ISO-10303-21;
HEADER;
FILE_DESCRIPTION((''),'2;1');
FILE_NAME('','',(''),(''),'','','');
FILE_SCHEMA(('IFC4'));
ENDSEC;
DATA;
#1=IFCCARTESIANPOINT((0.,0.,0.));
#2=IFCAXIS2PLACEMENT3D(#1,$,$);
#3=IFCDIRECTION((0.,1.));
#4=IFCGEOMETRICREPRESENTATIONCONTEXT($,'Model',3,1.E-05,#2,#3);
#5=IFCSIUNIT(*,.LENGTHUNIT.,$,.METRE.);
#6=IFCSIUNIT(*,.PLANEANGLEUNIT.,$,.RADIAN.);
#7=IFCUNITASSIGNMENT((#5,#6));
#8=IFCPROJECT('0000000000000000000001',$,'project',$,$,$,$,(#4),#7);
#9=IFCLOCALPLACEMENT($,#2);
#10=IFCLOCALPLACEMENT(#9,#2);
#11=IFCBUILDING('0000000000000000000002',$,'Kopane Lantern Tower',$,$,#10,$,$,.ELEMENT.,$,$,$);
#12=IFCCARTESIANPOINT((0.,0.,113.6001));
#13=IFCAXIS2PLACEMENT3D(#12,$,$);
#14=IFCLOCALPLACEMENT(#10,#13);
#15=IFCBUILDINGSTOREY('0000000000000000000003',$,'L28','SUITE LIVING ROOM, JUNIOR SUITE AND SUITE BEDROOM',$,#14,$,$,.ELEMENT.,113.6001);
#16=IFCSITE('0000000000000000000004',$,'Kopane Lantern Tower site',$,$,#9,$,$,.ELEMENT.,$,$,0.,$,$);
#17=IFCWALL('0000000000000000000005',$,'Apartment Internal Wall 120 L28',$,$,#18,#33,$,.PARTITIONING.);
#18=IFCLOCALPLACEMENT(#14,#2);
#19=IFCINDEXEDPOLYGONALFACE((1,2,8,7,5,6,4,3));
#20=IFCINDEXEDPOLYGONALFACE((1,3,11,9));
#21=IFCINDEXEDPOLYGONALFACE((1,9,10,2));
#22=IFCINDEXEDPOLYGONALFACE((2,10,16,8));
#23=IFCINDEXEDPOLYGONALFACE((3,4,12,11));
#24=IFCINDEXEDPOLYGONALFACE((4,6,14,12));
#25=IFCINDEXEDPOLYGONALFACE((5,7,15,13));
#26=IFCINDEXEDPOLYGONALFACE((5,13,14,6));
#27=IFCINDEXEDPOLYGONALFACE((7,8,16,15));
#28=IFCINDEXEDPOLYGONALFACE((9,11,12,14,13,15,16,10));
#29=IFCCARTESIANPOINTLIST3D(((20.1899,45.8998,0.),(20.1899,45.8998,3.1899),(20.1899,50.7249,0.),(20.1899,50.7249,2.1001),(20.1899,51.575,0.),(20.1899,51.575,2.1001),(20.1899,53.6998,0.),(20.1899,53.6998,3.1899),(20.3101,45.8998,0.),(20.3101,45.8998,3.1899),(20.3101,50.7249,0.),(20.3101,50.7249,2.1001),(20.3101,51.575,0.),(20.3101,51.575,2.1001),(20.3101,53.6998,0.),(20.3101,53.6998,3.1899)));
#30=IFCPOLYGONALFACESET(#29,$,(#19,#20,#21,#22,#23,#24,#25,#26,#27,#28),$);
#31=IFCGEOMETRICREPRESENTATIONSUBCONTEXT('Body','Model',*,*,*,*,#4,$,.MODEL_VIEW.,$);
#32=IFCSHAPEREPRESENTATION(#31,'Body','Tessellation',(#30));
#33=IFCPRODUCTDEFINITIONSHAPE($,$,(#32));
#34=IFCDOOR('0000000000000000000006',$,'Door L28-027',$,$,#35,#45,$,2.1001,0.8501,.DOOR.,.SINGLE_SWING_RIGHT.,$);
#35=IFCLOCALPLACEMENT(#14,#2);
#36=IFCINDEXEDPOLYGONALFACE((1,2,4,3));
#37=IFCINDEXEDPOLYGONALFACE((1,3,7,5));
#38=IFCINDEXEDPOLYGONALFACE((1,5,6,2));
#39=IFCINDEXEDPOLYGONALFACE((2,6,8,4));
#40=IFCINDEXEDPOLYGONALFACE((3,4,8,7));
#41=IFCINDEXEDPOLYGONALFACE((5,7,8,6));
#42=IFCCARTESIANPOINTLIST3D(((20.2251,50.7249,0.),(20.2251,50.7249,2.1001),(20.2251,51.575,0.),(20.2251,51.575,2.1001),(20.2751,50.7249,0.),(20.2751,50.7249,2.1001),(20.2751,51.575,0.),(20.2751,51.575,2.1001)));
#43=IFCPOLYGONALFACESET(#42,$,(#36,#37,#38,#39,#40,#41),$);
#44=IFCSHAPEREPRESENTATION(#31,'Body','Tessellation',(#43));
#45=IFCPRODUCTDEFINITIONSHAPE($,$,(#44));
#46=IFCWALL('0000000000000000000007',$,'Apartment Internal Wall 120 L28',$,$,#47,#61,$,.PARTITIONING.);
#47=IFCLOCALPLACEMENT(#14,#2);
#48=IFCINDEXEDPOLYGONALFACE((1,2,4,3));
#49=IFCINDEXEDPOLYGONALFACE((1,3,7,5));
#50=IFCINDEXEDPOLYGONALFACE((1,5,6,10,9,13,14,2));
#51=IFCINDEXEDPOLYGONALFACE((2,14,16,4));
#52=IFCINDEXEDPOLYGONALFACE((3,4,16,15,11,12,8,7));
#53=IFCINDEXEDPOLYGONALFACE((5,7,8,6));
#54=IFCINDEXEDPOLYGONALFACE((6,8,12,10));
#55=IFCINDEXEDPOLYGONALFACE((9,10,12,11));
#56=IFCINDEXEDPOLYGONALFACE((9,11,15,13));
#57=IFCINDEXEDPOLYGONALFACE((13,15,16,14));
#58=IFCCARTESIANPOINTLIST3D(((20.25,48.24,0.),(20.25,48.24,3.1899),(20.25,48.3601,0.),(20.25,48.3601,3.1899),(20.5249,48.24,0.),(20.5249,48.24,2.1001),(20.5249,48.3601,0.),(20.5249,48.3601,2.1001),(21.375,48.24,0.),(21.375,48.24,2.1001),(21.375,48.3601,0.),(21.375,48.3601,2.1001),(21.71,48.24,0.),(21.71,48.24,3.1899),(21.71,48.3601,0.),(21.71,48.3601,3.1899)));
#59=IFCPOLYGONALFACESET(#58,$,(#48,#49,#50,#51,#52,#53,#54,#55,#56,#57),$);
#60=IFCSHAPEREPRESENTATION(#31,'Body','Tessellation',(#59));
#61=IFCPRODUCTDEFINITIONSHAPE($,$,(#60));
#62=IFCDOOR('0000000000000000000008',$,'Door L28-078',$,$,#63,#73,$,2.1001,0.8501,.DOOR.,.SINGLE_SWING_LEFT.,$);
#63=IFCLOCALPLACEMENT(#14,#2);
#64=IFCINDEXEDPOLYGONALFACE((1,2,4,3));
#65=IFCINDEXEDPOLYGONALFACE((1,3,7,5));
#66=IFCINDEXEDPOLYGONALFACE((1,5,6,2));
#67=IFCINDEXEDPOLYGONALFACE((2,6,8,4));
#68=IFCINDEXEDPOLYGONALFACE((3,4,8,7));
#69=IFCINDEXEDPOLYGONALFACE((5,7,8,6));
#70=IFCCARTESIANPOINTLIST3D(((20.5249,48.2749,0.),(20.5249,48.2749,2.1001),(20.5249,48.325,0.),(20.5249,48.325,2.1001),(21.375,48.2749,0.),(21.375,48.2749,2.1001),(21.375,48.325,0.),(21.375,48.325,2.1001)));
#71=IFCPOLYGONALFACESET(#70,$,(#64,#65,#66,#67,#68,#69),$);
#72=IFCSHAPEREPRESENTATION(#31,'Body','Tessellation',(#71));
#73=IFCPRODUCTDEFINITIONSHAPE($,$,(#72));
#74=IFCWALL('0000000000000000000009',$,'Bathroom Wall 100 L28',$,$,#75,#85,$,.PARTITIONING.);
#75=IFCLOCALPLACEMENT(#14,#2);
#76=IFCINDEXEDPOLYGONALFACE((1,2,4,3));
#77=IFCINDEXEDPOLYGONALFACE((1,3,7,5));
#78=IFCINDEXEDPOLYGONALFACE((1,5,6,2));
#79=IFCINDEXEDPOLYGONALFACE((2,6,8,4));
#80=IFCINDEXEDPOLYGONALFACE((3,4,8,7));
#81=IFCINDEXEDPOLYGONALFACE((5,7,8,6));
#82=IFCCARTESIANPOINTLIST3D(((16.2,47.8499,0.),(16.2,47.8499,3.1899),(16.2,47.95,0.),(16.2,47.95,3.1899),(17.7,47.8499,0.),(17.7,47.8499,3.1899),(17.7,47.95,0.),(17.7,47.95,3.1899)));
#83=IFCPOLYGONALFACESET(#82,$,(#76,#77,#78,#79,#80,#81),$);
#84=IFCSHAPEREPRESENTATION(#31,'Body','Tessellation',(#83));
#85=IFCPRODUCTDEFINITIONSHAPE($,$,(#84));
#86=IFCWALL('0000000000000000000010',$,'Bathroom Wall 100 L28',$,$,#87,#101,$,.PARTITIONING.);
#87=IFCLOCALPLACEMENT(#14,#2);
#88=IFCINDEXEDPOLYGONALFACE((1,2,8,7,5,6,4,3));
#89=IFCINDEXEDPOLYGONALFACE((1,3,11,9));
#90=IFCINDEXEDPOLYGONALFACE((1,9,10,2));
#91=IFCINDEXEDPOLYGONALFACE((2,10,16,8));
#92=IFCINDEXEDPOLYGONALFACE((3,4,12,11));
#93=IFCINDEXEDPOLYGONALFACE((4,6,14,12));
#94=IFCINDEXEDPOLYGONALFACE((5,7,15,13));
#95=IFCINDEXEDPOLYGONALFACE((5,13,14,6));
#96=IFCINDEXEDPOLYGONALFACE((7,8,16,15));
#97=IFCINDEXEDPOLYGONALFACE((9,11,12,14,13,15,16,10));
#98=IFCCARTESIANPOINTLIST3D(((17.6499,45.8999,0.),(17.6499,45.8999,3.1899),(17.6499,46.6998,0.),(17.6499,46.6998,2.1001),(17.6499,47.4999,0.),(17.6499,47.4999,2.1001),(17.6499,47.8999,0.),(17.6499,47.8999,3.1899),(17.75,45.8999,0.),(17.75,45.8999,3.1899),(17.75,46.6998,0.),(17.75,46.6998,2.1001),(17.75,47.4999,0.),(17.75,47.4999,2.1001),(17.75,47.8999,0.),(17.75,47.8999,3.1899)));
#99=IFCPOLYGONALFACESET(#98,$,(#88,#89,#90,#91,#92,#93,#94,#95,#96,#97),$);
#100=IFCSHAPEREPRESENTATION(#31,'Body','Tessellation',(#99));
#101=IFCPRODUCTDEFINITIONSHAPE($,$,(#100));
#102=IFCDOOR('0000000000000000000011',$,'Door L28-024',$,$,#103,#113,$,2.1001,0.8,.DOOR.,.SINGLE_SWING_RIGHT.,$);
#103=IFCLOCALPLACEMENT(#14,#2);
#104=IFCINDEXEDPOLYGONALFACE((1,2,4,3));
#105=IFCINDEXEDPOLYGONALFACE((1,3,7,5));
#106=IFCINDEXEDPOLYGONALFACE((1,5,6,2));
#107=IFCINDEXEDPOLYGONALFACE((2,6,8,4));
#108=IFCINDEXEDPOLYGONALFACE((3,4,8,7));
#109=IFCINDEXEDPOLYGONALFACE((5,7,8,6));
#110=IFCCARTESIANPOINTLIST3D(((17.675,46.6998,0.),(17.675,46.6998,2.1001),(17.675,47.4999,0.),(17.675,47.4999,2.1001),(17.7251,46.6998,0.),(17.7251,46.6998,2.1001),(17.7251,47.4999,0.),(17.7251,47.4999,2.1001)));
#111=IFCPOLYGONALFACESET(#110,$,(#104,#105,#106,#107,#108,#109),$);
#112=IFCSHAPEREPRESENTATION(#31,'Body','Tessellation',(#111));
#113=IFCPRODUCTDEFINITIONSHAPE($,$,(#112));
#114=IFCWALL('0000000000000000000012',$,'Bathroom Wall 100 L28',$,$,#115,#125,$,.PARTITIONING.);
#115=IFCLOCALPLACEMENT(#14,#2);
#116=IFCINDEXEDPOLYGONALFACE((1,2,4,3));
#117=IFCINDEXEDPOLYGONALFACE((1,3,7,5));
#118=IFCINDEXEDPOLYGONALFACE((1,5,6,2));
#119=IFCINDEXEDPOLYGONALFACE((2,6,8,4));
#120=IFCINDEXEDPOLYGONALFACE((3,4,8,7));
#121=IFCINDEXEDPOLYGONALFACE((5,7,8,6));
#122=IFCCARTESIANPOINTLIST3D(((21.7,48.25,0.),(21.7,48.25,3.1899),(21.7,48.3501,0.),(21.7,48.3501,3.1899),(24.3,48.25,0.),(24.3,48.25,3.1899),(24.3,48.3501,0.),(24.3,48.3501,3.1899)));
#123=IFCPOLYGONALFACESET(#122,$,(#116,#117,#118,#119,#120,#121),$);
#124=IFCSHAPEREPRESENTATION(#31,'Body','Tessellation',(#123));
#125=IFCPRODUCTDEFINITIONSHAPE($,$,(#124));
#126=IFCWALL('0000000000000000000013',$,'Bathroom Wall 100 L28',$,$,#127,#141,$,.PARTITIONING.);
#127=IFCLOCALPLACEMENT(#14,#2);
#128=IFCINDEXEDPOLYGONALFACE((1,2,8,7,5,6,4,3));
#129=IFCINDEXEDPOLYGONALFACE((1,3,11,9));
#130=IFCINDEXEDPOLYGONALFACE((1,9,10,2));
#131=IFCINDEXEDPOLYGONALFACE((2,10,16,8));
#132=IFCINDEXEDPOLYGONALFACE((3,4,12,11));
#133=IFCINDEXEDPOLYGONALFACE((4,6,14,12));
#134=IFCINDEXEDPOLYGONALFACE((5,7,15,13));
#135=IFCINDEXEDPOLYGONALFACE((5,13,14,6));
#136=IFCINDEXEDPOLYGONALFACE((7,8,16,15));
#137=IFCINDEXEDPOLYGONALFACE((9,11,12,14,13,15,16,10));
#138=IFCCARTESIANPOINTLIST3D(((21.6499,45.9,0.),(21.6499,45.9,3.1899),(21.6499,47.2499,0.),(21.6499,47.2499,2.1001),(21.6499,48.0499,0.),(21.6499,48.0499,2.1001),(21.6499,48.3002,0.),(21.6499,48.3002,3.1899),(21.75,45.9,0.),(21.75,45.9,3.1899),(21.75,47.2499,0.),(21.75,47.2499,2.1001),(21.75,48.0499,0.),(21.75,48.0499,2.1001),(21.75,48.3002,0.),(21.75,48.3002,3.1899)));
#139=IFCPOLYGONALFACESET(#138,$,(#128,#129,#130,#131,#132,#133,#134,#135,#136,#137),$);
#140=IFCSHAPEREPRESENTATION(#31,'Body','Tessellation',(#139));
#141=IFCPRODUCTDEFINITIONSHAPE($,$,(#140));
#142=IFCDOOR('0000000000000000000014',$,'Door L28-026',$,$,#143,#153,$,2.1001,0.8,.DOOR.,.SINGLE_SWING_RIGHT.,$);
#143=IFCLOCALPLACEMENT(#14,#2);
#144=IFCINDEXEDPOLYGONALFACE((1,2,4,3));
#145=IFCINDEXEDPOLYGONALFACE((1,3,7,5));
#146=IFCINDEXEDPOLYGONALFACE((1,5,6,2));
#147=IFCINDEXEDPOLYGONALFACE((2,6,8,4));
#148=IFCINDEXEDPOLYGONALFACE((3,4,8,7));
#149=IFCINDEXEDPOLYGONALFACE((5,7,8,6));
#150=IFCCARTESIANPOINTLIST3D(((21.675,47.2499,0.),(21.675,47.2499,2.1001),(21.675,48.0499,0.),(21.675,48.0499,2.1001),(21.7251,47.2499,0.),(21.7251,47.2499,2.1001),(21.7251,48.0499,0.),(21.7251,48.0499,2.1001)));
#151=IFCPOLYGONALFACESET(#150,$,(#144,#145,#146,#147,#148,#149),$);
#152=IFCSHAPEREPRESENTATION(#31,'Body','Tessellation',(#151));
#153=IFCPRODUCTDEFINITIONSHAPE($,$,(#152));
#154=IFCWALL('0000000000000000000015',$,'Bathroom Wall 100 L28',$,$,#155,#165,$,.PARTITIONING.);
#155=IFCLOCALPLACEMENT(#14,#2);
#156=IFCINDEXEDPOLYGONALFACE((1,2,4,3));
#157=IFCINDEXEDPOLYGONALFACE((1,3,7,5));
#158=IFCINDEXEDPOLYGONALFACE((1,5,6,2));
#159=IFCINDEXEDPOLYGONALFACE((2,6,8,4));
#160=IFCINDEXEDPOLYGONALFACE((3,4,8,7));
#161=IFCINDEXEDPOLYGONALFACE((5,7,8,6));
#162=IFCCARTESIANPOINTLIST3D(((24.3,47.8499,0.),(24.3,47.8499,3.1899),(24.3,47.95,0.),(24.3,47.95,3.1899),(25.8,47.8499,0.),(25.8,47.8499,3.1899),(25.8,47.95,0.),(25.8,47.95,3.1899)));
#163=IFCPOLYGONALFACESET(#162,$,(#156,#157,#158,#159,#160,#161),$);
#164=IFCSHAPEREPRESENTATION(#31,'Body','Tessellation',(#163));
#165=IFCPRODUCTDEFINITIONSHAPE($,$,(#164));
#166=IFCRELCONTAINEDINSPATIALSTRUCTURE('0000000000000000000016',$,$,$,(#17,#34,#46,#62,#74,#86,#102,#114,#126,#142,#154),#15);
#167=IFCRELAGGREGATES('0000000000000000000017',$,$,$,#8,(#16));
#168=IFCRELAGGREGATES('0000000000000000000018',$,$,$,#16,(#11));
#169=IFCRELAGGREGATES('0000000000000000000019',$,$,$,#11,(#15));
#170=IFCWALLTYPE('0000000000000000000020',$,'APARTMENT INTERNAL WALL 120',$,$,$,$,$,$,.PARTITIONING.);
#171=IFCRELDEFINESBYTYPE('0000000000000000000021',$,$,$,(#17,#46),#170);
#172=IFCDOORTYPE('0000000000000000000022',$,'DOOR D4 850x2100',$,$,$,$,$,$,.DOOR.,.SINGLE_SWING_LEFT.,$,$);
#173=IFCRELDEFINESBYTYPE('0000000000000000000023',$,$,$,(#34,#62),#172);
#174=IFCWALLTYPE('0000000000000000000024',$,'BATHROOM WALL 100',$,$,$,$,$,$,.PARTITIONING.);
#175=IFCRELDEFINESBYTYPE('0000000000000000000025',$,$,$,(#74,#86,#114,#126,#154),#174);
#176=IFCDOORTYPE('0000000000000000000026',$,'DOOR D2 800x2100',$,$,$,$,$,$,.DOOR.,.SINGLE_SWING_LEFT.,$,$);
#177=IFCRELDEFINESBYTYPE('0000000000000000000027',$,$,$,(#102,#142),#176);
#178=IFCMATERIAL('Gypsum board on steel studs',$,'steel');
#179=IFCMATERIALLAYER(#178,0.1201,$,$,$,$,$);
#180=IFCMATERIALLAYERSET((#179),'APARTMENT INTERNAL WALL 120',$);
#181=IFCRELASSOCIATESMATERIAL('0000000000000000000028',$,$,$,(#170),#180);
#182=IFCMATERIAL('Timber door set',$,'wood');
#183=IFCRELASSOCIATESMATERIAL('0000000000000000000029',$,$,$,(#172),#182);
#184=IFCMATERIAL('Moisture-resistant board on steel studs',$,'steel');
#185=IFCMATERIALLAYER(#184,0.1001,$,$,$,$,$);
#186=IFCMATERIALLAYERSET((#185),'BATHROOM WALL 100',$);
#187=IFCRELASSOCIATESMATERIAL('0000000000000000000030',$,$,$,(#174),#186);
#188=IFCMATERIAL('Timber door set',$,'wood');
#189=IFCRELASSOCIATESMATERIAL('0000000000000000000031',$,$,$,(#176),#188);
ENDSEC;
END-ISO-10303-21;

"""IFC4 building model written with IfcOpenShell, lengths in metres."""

from ifc_helpers import new_model, si_unit, direction, frame, frame_2d, origin, place, context, subcontext, project, spatial, rectangle, extrude, material, layer, layer_set, type_object, element, fill, save


model = new_model("IFC4")

# Units and contexts
model_context = context("Model", 3, precision=1e-05, world=origin(), true_north=direction((0.0, 1.0)))
body_context = subcontext(model_context, "Body", "Model", "MODEL_VIEW")
ifc_project = project(units=[si_unit("LENGTHUNIT", "METRE"), si_unit("PLANEANGLEUNIT", "RADIAN")], contexts=[model_context])

# Site, building, storey
site_placement = place(None, origin())
site = spatial("IfcSite", under=ifc_project, at=site_placement, Name="Kopane Lantern Tower site", CompositionType="ELEMENT", RefElevation=0.0)
building_placement = place(site_placement, origin())
building = spatial("IfcBuilding", under=site, at=building_placement, Name="Kopane Lantern Tower", CompositionType="ELEMENT")
storey_placement = place(building_placement, frame((0.0, 0.0, 113.6001)))
storey = spatial("IfcBuildingStorey", under=building, at=storey_placement, Name="L28", Description="SUITE LIVING ROOM, JUNIOR SUITE AND SUITE BEDROOM", CompositionType="ELEMENT", Elevation=113.6001)

# Walls, openings, doors
ifc_material_1 = material(Name="Gypsum board on steel studs", Category="steel")
ifc_layer_1 = layer(ifc_material_1, 0.1201)
ifc_layer_set_1 = layer_set([ifc_layer_1], Name="APARTMENT INTERNAL WALL 120")
wall_type_1 = type_object("IfcWallType", Name="APARTMENT INTERNAL WALL 120", PredefinedType="PARTITIONING", material=ifc_layer_set_1)
wall_1_placement = place(storey_placement, frame((20.25, 45.8999, 0.0), z_axis=(0.0, 0.0, 1.0), x_axis=(0.0, 1.0, 0.0)))
wall_1 = element("IfcWall", 1, at=wall_1_placement, inside=storey, type_object=wall_type_1, Name="Apartment Internal Wall 120 L28", PredefinedType="PARTITIONING", context=body_context, shape_type="SweptSolid", body=[
    extrude(rectangle(XDim=7.8, YDim=0.1201, at=frame_2d((3.8999, 0.0))), origin(), (0.0, 0.0, 1.0), 3.1899),
])
opening_1_placement = place(wall_1_placement, frame((4.825, 0.0, 0.0)))
opening_1 = element("IfcOpeningElement", 2, at=opening_1_placement, cuts=wall_1, PredefinedType="OPENING", context=body_context, shape_type="SweptSolid", body=[
    extrude(rectangle(XDim=0.8501, YDim=2.1001, at=frame_2d((0.425, 1.05))), frame((0.0, 0.0701, 0.0), z_axis=(0.0, -1.0, 0.0), x_axis=(1.0, 0.0, 0.0)), (0.0, 0.0, 1.0), 0.1401),
])
ifc_material_2 = material(Name="Timber door set", Category="wood")
door_type_1 = type_object("IfcDoorType", Name="DOOR D4 850x2100", OperationType="SINGLE_SWING_LEFT", PredefinedType="DOOR", material=ifc_material_2)
door_1_placement = place(opening_1_placement, origin())
door_1 = element("IfcDoor", 3, at=door_1_placement, inside=storey, type_object=door_type_1, Name="Door L28-027", OperationType="SINGLE_SWING_RIGHT", OverallHeight=2.1001, OverallWidth=0.8501, PredefinedType="DOOR", context=body_context, shape_type="SweptSolid", body=[
    extrude(rectangle(XDim=0.8501, YDim=2.1001, at=frame_2d((0.425, 1.05))), frame((0.0, 0.0249, 0.0), z_axis=(0.0, -1.0, 0.0), x_axis=(1.0, 0.0, 0.0)), (0.0, 0.0, 1.0), 0.05),
])
fill(opening_1, door_1)
wall_2_placement = place(storey_placement, frame((20.25, 48.3, 0.0), z_axis=(0.0, 0.0, 1.0), x_axis=(1.0, 0.0, 0.0)))
wall_2 = element("IfcWall", 4, at=wall_2_placement, inside=storey, type_object=wall_type_1, Name="Apartment Internal Wall 120 L28", PredefinedType="PARTITIONING", context=body_context, shape_type="SweptSolid", body=[
    extrude(rectangle(XDim=1.46, YDim=0.1201, at=frame_2d((0.73, 0.0))), origin(), (0.0, 0.0, 1.0), 3.1899),
])
opening_2_placement = place(wall_2_placement, frame((0.2749, 0.0, 0.0)))
opening_2 = element("IfcOpeningElement", 5, at=opening_2_placement, cuts=wall_2, PredefinedType="OPENING", context=body_context, shape_type="SweptSolid", body=[
    extrude(rectangle(XDim=0.8501, YDim=2.1001, at=frame_2d((0.425, 1.05))), frame((0.0, 0.0701, 0.0), z_axis=(0.0, -1.0, 0.0), x_axis=(1.0, 0.0, 0.0)), (0.0, 0.0, 1.0), 0.1401),
])
door_2_placement = place(opening_2_placement, origin())
door_2 = element("IfcDoor", 6, at=door_2_placement, inside=storey, type_object=door_type_1, Name="Door L28-078", OperationType="SINGLE_SWING_LEFT", OverallHeight=2.1001, OverallWidth=0.8501, PredefinedType="DOOR", context=body_context, shape_type="SweptSolid", body=[
    extrude(rectangle(XDim=0.8501, YDim=2.1001, at=frame_2d((0.425, 1.05))), frame((0.0, 0.0249, 0.0), z_axis=(0.0, -1.0, 0.0), x_axis=(1.0, 0.0, 0.0)), (0.0, 0.0, 1.0), 0.05),
])
fill(opening_2, door_2)

# Wall
ifc_material_3 = material(Name="Moisture-resistant board on steel studs", Category="steel")
ifc_layer_2 = layer(ifc_material_3, 0.1001)
ifc_layer_set_2 = layer_set([ifc_layer_2], Name="BATHROOM WALL 100")
wall_type_2 = type_object("IfcWallType", Name="BATHROOM WALL 100", PredefinedType="PARTITIONING", material=ifc_layer_set_2)
wall_3_placement = place(storey_placement, frame((16.2, 47.8999, 0.0), z_axis=(0.0, 0.0, 1.0), x_axis=(1.0, 0.0, 0.0)))
element("IfcWall", 7, at=wall_3_placement, inside=storey, type_object=wall_type_2, Name="Bathroom Wall 100 L28", PredefinedType="PARTITIONING", context=body_context, shape_type="SweptSolid", body=[
    extrude(rectangle(XDim=1.5, YDim=0.1001, at=frame_2d((0.75, 0.0))), origin(), (0.0, 0.0, 1.0), 3.1899),
])

# Wall, opening, door
wall_4_placement = place(storey_placement, frame((17.7, 45.8999, 0.0), z_axis=(0.0, 0.0, 1.0), x_axis=(0.0, 1.0, 0.0)))
wall_4 = element("IfcWall", 8, at=wall_4_placement, inside=storey, type_object=wall_type_2, Name="Bathroom Wall 100 L28", PredefinedType="PARTITIONING", context=body_context, shape_type="SweptSolid", body=[
    extrude(rectangle(XDim=2.0, YDim=0.1001, at=frame_2d((1.0, 0.0))), origin(), (0.0, 0.0, 1.0), 3.1899),
])
opening_3_placement = place(wall_4_placement, frame((0.8, 0.0, 0.0)))
opening_3 = element("IfcOpeningElement", 9, at=opening_3_placement, cuts=wall_4, PredefinedType="OPENING", context=body_context, shape_type="SweptSolid", body=[
    extrude(rectangle(XDim=0.8, YDim=2.1001, at=frame_2d((0.3999, 1.05))), frame((0.0, 0.0601, 0.0), z_axis=(0.0, -1.0, 0.0), x_axis=(1.0, 0.0, 0.0)), (0.0, 0.0, 1.0), 0.1201),
])
ifc_material_4 = material(Name="Timber door set", Category="wood")
door_type_2 = type_object("IfcDoorType", Name="DOOR D2 800x2100", OperationType="SINGLE_SWING_LEFT", PredefinedType="DOOR", material=ifc_material_4)
door_3_placement = place(opening_3_placement, origin())
door_3 = element("IfcDoor", 10, at=door_3_placement, inside=storey, type_object=door_type_2, Name="Door L28-024", OperationType="SINGLE_SWING_RIGHT", OverallHeight=2.1001, OverallWidth=0.8, PredefinedType="DOOR", context=body_context, shape_type="SweptSolid", body=[
    extrude(rectangle(XDim=0.8, YDim=2.1001, at=frame_2d((0.3999, 1.05))), frame((0.0, 0.0249, 0.0), z_axis=(0.0, -1.0, 0.0), x_axis=(1.0, 0.0, 0.0)), (0.0, 0.0, 1.0), 0.05),
])
fill(opening_3, door_3)

# Wall
wall_5_placement = place(storey_placement, frame((21.7, 48.3, 0.0), z_axis=(0.0, 0.0, 1.0), x_axis=(1.0, 0.0, 0.0)))
element("IfcWall", 11, at=wall_5_placement, inside=storey, type_object=wall_type_2, Name="Bathroom Wall 100 L28", PredefinedType="PARTITIONING", context=body_context, shape_type="SweptSolid", body=[
    extrude(rectangle(XDim=2.6001, YDim=0.1001, at=frame_2d((1.3, 0.0))), origin(), (0.0, 0.0, 1.0), 3.1899),
])

# Wall, opening, door
wall_6_placement = place(storey_placement, frame((21.7, 45.8999, 0.0), z_axis=(0.0, 0.0, 1.0), x_axis=(0.0, 1.0, 0.0)))
wall_6 = element("IfcWall", 12, at=wall_6_placement, inside=storey, type_object=wall_type_2, Name="Bathroom Wall 100 L28", PredefinedType="PARTITIONING", context=body_context, shape_type="SweptSolid", body=[
    extrude(rectangle(XDim=2.4001, YDim=0.1001, at=frame_2d((1.2002, 0.0))), origin(), (0.0, 0.0, 1.0), 3.1899),
])
opening_4_placement = place(wall_6_placement, frame((1.3501, 0.0, 0.0)))
opening_4 = element("IfcOpeningElement", 13, at=opening_4_placement, cuts=wall_6, PredefinedType="OPENING", context=body_context, shape_type="SweptSolid", body=[
    extrude(rectangle(XDim=0.8, YDim=2.1001, at=frame_2d((0.3999, 1.05))), frame((0.0, 0.0601, 0.0), z_axis=(0.0, -1.0, 0.0), x_axis=(1.0, 0.0, 0.0)), (0.0, 0.0, 1.0), 0.1201),
])
door_4_placement = place(opening_4_placement, origin())
door_4 = element("IfcDoor", 14, at=door_4_placement, inside=storey, type_object=door_type_2, Name="Door L28-026", OperationType="SINGLE_SWING_RIGHT", OverallHeight=2.1001, OverallWidth=0.8, PredefinedType="DOOR", context=body_context, shape_type="SweptSolid", body=[
    extrude(rectangle(XDim=0.8, YDim=2.1001, at=frame_2d((0.3999, 1.05))), frame((0.0, 0.0249, 0.0), z_axis=(0.0, -1.0, 0.0), x_axis=(1.0, 0.0, 0.0)), (0.0, 0.0, 1.0), 0.05),
])
fill(opening_4, door_4)

# Wall
wall_7_placement = place(storey_placement, frame((24.3, 47.8999, 0.0), z_axis=(0.0, 0.0, 1.0), x_axis=(1.0, 0.0, 0.0)))
element("IfcWall", 15, at=wall_7_placement, inside=storey, type_object=wall_type_2, Name="Bathroom Wall 100 L28", PredefinedType="PARTITIONING", context=body_context, shape_type="SweptSolid", body=[
    extrude(rectangle(XDim=1.5, YDim=0.1001, at=frame_2d((0.75, 0.0))), origin(), (0.0, 0.0, 1.0), 3.1899),
])

save(model, "model.ifc")
